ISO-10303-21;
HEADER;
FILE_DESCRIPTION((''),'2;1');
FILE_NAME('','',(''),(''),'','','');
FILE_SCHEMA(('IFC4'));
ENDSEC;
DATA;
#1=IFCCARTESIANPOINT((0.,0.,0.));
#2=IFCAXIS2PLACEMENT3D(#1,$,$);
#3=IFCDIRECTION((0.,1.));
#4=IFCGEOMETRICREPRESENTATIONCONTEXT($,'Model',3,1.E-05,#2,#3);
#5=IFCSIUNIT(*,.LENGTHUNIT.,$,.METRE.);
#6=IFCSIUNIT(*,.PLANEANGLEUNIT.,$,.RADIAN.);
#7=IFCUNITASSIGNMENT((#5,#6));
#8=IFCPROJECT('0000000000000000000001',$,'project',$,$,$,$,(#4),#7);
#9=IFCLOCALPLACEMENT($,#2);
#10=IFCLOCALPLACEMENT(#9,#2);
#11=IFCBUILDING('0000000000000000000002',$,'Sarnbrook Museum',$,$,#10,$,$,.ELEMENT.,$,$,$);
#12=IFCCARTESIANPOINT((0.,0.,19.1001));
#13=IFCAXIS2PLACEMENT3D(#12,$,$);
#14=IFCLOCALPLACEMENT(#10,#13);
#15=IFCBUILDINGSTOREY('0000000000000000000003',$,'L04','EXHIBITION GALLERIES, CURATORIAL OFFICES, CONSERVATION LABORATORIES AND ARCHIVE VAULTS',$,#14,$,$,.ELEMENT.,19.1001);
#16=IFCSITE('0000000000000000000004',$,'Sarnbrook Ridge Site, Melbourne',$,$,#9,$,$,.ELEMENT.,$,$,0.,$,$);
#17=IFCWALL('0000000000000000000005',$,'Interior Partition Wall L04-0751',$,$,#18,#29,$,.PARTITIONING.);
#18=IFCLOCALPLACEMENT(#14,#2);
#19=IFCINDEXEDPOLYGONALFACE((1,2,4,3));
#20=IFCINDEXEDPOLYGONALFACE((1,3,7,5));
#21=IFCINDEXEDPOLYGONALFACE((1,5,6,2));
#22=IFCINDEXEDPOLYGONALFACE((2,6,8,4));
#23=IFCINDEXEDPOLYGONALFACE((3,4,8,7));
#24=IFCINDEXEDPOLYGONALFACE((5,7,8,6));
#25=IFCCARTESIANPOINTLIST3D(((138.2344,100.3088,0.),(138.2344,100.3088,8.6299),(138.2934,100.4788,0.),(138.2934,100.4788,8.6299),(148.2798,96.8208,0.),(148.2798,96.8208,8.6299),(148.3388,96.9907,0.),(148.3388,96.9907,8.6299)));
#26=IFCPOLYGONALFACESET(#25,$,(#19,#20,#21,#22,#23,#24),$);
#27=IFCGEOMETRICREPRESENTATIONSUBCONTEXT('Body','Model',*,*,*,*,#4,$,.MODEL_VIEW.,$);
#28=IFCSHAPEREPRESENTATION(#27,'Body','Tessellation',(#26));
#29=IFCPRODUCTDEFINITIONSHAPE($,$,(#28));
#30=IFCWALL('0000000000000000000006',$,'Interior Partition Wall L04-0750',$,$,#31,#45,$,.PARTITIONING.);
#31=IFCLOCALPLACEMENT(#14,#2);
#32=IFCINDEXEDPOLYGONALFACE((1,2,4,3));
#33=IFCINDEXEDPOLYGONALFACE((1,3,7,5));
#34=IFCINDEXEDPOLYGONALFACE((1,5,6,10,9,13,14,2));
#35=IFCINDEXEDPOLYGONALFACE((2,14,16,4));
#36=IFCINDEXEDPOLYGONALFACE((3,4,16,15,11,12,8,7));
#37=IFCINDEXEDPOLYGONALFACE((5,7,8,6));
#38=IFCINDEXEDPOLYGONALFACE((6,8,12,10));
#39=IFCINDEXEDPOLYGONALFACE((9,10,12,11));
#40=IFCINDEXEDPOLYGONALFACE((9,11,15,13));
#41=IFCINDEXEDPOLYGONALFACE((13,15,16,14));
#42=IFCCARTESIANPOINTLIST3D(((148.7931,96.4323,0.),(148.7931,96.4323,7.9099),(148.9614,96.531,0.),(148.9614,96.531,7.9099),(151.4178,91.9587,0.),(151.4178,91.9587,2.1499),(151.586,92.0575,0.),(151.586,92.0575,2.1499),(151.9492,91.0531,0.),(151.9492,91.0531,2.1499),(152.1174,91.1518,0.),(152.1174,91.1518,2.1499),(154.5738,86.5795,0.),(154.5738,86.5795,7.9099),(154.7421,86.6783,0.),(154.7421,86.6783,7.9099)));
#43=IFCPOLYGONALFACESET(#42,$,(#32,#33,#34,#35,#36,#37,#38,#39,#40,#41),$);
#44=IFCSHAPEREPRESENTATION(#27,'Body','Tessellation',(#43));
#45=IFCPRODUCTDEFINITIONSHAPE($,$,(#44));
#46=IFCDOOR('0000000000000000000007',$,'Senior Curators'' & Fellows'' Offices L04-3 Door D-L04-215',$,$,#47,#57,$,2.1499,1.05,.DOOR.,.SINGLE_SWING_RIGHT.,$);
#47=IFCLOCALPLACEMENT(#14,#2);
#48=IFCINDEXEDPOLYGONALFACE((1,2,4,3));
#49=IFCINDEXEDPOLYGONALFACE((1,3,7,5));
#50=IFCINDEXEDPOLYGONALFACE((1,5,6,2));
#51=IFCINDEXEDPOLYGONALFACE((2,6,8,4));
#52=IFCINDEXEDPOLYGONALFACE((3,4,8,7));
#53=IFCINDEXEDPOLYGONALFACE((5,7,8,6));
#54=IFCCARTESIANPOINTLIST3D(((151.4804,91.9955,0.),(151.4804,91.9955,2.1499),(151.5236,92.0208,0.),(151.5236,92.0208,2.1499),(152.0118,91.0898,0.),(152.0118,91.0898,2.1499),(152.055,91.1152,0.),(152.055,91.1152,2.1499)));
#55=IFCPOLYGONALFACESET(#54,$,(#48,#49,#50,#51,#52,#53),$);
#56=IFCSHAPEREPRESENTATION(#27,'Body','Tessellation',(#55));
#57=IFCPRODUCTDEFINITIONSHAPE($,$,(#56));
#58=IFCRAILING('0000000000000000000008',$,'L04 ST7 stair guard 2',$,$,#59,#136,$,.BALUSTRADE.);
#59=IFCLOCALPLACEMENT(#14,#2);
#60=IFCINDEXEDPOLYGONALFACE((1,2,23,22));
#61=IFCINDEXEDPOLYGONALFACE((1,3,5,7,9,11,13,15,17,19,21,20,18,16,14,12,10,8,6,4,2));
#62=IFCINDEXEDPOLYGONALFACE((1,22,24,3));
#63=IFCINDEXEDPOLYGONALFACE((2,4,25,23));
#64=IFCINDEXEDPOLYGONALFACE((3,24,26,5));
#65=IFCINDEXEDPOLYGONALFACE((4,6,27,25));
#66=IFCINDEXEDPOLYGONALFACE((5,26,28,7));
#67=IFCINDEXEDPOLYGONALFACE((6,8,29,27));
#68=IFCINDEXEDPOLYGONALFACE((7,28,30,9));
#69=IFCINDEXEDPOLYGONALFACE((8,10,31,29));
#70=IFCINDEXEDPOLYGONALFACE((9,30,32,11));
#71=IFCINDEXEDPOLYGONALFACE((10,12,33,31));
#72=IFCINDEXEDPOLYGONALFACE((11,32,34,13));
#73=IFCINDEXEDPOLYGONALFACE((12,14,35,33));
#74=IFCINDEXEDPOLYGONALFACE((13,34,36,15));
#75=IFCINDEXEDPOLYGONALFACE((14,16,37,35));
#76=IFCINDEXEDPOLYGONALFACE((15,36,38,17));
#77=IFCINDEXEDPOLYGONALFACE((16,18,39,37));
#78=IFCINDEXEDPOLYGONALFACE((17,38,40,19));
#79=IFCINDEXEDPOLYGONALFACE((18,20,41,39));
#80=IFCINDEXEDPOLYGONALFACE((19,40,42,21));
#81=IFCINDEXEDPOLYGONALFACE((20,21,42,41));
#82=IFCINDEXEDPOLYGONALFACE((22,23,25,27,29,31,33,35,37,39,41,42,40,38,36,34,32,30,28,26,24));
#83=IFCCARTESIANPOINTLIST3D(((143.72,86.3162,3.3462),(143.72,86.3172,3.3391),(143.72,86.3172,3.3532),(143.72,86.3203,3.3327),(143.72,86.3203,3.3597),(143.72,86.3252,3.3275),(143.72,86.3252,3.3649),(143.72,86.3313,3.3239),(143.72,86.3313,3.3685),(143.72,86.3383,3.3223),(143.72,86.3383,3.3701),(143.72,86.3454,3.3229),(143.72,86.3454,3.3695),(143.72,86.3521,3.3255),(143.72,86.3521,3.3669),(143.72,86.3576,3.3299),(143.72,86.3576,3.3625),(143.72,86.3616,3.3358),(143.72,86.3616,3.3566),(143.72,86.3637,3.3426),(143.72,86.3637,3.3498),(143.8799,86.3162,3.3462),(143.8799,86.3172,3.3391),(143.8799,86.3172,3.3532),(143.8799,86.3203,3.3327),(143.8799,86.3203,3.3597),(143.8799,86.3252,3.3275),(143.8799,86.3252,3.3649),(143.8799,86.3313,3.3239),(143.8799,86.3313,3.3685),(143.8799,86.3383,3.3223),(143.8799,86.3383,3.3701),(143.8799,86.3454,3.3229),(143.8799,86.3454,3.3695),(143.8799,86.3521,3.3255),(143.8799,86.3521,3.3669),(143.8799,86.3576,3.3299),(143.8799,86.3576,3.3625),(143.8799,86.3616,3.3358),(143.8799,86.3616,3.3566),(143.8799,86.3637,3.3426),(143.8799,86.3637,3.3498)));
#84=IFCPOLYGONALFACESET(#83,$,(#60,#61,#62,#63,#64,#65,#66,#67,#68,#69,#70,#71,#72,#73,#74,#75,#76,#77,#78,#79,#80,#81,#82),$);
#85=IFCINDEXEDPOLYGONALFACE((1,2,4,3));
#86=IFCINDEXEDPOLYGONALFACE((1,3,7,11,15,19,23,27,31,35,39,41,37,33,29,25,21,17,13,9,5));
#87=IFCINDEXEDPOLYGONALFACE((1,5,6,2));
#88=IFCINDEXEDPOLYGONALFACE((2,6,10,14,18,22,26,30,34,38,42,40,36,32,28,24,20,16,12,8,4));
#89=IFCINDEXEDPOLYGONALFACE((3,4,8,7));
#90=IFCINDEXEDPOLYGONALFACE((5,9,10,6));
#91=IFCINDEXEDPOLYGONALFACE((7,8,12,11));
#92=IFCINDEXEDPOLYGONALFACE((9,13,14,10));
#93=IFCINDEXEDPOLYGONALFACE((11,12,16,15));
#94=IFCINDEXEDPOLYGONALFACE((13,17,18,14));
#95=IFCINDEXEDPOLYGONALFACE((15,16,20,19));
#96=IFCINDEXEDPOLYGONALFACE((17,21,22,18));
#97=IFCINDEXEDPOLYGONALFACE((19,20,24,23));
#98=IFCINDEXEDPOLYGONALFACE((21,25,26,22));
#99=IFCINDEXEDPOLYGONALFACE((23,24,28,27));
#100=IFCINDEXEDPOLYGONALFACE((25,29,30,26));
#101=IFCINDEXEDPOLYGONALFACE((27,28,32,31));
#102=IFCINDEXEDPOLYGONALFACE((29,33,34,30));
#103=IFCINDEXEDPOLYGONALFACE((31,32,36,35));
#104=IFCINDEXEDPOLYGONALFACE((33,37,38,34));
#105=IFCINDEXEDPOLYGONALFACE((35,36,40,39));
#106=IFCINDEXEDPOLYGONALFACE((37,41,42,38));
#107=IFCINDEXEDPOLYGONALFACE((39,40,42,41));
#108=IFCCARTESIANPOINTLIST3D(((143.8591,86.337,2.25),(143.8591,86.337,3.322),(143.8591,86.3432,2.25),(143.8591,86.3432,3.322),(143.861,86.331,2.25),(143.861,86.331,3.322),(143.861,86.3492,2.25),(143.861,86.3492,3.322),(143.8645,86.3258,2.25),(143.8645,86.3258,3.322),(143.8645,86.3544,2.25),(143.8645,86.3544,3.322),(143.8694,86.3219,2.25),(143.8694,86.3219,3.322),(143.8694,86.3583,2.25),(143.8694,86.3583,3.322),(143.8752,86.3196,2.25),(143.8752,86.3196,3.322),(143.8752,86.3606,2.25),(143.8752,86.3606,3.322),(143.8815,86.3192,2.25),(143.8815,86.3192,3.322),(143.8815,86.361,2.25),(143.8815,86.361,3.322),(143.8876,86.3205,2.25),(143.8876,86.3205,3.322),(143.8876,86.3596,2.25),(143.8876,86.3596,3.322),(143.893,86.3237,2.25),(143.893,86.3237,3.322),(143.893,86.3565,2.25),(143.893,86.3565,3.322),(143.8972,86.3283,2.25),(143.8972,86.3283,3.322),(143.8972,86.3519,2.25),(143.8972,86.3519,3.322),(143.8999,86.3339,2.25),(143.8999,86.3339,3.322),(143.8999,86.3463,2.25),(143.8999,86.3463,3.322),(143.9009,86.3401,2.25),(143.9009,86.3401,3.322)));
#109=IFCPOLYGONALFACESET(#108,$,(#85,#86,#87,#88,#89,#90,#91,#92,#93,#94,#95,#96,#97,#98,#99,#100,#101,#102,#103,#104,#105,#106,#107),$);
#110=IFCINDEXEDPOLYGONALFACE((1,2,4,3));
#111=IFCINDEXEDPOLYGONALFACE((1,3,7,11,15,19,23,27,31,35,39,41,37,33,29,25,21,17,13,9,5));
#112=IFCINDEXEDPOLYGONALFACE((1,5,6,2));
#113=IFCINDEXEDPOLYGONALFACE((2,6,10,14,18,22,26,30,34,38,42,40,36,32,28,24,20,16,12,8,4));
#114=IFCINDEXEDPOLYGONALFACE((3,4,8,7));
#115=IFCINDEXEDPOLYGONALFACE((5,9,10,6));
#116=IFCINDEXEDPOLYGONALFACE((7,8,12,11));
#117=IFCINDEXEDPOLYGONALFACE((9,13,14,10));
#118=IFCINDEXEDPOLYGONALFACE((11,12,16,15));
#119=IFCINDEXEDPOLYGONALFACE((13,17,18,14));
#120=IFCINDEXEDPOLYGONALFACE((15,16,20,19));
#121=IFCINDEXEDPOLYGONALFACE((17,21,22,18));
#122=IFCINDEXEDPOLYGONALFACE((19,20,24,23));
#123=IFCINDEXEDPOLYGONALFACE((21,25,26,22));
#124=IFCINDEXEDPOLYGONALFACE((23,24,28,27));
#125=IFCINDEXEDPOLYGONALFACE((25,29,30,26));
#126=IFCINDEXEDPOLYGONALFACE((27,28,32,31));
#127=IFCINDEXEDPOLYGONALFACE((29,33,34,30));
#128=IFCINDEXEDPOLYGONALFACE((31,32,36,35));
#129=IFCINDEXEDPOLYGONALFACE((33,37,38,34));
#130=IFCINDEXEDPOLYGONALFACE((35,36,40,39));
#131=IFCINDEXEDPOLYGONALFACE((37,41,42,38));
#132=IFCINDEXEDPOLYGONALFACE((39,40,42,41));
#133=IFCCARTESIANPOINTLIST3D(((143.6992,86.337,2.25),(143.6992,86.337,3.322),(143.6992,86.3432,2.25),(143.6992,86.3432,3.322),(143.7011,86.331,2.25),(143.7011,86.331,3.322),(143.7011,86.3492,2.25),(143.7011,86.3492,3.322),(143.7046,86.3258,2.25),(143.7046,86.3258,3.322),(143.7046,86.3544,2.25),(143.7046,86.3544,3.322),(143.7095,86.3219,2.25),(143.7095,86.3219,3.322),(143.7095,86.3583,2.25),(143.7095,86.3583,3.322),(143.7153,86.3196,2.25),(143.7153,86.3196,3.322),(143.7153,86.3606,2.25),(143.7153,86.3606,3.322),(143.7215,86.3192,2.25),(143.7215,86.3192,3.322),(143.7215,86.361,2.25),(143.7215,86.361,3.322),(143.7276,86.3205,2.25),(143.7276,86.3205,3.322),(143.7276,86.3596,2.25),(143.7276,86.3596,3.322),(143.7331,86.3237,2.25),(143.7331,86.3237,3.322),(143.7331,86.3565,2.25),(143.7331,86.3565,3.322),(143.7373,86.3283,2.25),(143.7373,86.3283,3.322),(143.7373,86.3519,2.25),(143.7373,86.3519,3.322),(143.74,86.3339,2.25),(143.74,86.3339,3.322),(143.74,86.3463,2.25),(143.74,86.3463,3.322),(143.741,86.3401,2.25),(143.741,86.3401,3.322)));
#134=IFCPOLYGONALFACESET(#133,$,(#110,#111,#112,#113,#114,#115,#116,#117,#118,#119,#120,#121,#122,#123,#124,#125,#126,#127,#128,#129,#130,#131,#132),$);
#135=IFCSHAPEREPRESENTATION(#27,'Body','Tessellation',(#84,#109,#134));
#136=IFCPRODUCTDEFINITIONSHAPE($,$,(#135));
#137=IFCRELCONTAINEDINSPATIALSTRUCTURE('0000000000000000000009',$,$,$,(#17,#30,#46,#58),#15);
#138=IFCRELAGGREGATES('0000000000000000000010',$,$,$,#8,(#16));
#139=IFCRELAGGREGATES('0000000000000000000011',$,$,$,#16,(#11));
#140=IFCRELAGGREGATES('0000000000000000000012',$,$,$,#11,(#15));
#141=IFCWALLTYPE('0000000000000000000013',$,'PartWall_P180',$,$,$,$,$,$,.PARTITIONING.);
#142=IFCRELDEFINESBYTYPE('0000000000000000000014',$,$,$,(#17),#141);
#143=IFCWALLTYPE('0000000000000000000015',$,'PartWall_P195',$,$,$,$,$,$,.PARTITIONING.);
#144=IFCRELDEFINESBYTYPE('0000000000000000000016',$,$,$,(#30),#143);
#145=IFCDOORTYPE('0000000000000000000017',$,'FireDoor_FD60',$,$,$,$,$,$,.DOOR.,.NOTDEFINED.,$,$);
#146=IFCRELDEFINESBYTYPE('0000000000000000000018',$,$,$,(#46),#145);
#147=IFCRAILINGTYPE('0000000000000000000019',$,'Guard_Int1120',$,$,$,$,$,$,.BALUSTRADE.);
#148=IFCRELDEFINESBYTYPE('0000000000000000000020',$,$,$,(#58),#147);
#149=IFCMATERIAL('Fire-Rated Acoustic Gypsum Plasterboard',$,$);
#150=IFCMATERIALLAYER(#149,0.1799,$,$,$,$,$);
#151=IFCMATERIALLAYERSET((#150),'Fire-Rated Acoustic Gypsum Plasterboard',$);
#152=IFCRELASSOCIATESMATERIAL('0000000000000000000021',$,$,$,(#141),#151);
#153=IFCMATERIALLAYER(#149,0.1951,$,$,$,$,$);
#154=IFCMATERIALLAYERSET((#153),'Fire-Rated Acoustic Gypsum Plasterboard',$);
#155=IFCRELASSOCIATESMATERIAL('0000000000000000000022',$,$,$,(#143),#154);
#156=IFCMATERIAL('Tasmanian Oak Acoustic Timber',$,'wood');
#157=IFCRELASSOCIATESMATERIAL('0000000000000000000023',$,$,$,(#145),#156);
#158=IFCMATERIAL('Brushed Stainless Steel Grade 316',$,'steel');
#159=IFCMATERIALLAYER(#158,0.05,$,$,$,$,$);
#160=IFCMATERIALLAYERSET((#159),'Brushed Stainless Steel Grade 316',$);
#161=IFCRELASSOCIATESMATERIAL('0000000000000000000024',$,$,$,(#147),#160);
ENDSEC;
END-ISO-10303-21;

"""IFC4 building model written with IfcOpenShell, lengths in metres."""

from ifc_helpers import new_model, si_unit, direction, frame, frame_2d, origin, origin_2d, place, context, subcontext, project, spatial, rectangle, circle, extrude, material, layer, layer_set, type_object, element, fill, save


model = new_model("IFC4")

# Units and contexts
model_context = context("Model", 3, precision=1e-05, world=origin(), true_north=direction((0.0, 1.0)))
body_context = subcontext(model_context, "Body", "Model", "MODEL_VIEW")
ifc_project = project(units=[si_unit("LENGTHUNIT", "METRE"), si_unit("PLANEANGLEUNIT", "RADIAN")], contexts=[model_context])

# Site, building, storey
site_placement = place(None, origin())
site = spatial("IfcSite", under=ifc_project, at=site_placement, Name="Sarnbrook Ridge Site, Melbourne", CompositionType="ELEMENT", RefElevation=0.0)
building_placement = place(site_placement, origin())
building = spatial("IfcBuilding", under=site, at=building_placement, Name="Sarnbrook Museum", CompositionType="ELEMENT")
storey_placement = place(building_placement, frame((0.0, 0.0, 19.1001)))
storey = spatial("IfcBuildingStorey", under=building, at=storey_placement, Name="L04", Description="EXHIBITION GALLERIES, CURATORIAL OFFICES, CONSERVATION LABORATORIES AND ARCHIVE VAULTS", CompositionType="ELEMENT", Elevation=19.1001)

# Wall
ifc_material_1 = material(Name="Fire-Rated Acoustic Gypsum Plasterboard")
ifc_layer_1 = layer(ifc_material_1, 0.1799)
ifc_layer_set_1 = layer_set([ifc_layer_1], Name="Fire-Rated Acoustic Gypsum Plasterboard")
wall_type_1 = type_object("IfcWallType", Name="PartWall_P180", PredefinedType="PARTITIONING", material=ifc_layer_set_1)
wall_1_placement = place(storey_placement, frame((148.3093, 96.9058, 0.0), z_axis=(0.0, 0.0, 1.0), x_axis=(-0.944672, 0.328016, 0.0)))
element("IfcWall", 1, at=wall_1_placement, inside=storey, type_object=wall_type_1, Name="Interior Partition Wall L04-0751", PredefinedType="PARTITIONING", context=body_context, shape_type="SweptSolid", body=[
    extrude(rectangle(XDim=10.6338, YDim=0.1799, at=frame_2d((5.3169, 0.0))), origin(), (0.0, 0.0, 1.0), 8.6299),
])

# Wall, opening, door
ifc_layer_2 = layer(ifc_material_1, 0.1951)
ifc_layer_set_2 = layer_set([ifc_layer_2], Name="Fire-Rated Acoustic Gypsum Plasterboard")
wall_type_2 = type_object("IfcWallType", Name="PartWall_P195", PredefinedType="PARTITIONING", material=ifc_layer_set_2)
wall_2_placement = place(storey_placement, frame((154.658, 86.6289, 0.0), z_axis=(0.0, 0.0, 1.0), x_axis=(-0.506045, 0.862507, 0.0)))
wall_2 = element("IfcWall", 2, at=wall_2_placement, inside=storey, type_object=wall_type_2, Name="Interior Partition Wall L04-0750", PredefinedType="PARTITIONING", context=body_context, shape_type="SweptSolid", body=[
    extrude(rectangle(XDim=11.4233, YDim=0.1951, at=frame_2d((5.7117, 0.0))), origin(), (0.0, 0.0, 1.0), 7.9099),
])
opening_placement = place(wall_2_placement, frame((5.1868, 0.0, 0.0)))
opening = element("IfcOpeningElement", 3, at=opening_placement, cuts=wall_2, PredefinedType="OPENING", context=body_context, shape_type="SweptSolid", body=[
    extrude(rectangle(XDim=1.05, YDim=2.1499, at=frame_2d((0.5249, 1.075))), frame((0.0, 0.1074, 0.0), z_axis=(0.0, -1.0, 0.0), x_axis=(1.0, 0.0, 0.0)), (0.0, 0.0, 1.0), 0.2151),
])
ifc_material_2 = material(Name="Tasmanian Oak Acoustic Timber", Category="wood")
door_type = type_object("IfcDoorType", Name="FireDoor_FD60", OperationType="NOTDEFINED", PredefinedType="DOOR", material=ifc_material_2)
door_placement = place(opening_placement, origin())
door = element("IfcDoor", 4, at=door_placement, inside=storey, type_object=door_type, Name="Senior Curators' & Fellows' Offices L04-3 Door D-L04-215", OperationType="SINGLE_SWING_RIGHT", OverallHeight=2.1499, OverallWidth=1.05, PredefinedType="DOOR", context=body_context, shape_type="SweptSolid", body=[
    extrude(rectangle(XDim=1.05, YDim=2.1499, at=frame_2d((0.5249, 1.075))), frame((0.0, 0.0249, 0.0), z_axis=(0.0, -1.0, 0.0), x_axis=(1.0, 0.0, 0.0)), (0.0, 0.0, 1.0), 0.05),
])
fill(opening, door)

# Railing
ifc_material_3 = material(Name="Brushed Stainless Steel Grade 316", Category="steel")
ifc_layer_3 = layer(ifc_material_3, 0.05)
ifc_layer_set_3 = layer_set([ifc_layer_3], Name="Brushed Stainless Steel Grade 316")
railing_type = type_object("IfcRailingType", Name="Guard_Int1120", PredefinedType="BALUSTRADE", material=ifc_layer_set_3)
railing_1_placement = place(storey_placement, frame((143.8799, 86.3401, 2.25)))
element("IfcRailing", 5, at=railing_1_placement, inside=storey, type_object=railing_type, Name="L04 ST7 stair guard 2", PredefinedType="BALUSTRADE", context=body_context, shape_type="SweptSolid", body=[
    extrude(circle(Radius=0.0239, at=origin_2d()), frame((0.0, 0.0, 1.0962), z_axis=(-1.0, 0.0, 0.0), x_axis=(0.0, -1.0, 0.0)), (0.0, 0.0, 1.0), 0.1599),
    extrude(circle(Radius=0.021, at=origin_2d()), origin(), (0.0, 0.0, 1.0), 1.072),
    extrude(circle(Radius=0.021, at=origin_2d()), frame((-0.1599, 0.0, 0.0)), (0.0, 0.0, 1.0), 1.072),
])

save(model, "model.ifc")
